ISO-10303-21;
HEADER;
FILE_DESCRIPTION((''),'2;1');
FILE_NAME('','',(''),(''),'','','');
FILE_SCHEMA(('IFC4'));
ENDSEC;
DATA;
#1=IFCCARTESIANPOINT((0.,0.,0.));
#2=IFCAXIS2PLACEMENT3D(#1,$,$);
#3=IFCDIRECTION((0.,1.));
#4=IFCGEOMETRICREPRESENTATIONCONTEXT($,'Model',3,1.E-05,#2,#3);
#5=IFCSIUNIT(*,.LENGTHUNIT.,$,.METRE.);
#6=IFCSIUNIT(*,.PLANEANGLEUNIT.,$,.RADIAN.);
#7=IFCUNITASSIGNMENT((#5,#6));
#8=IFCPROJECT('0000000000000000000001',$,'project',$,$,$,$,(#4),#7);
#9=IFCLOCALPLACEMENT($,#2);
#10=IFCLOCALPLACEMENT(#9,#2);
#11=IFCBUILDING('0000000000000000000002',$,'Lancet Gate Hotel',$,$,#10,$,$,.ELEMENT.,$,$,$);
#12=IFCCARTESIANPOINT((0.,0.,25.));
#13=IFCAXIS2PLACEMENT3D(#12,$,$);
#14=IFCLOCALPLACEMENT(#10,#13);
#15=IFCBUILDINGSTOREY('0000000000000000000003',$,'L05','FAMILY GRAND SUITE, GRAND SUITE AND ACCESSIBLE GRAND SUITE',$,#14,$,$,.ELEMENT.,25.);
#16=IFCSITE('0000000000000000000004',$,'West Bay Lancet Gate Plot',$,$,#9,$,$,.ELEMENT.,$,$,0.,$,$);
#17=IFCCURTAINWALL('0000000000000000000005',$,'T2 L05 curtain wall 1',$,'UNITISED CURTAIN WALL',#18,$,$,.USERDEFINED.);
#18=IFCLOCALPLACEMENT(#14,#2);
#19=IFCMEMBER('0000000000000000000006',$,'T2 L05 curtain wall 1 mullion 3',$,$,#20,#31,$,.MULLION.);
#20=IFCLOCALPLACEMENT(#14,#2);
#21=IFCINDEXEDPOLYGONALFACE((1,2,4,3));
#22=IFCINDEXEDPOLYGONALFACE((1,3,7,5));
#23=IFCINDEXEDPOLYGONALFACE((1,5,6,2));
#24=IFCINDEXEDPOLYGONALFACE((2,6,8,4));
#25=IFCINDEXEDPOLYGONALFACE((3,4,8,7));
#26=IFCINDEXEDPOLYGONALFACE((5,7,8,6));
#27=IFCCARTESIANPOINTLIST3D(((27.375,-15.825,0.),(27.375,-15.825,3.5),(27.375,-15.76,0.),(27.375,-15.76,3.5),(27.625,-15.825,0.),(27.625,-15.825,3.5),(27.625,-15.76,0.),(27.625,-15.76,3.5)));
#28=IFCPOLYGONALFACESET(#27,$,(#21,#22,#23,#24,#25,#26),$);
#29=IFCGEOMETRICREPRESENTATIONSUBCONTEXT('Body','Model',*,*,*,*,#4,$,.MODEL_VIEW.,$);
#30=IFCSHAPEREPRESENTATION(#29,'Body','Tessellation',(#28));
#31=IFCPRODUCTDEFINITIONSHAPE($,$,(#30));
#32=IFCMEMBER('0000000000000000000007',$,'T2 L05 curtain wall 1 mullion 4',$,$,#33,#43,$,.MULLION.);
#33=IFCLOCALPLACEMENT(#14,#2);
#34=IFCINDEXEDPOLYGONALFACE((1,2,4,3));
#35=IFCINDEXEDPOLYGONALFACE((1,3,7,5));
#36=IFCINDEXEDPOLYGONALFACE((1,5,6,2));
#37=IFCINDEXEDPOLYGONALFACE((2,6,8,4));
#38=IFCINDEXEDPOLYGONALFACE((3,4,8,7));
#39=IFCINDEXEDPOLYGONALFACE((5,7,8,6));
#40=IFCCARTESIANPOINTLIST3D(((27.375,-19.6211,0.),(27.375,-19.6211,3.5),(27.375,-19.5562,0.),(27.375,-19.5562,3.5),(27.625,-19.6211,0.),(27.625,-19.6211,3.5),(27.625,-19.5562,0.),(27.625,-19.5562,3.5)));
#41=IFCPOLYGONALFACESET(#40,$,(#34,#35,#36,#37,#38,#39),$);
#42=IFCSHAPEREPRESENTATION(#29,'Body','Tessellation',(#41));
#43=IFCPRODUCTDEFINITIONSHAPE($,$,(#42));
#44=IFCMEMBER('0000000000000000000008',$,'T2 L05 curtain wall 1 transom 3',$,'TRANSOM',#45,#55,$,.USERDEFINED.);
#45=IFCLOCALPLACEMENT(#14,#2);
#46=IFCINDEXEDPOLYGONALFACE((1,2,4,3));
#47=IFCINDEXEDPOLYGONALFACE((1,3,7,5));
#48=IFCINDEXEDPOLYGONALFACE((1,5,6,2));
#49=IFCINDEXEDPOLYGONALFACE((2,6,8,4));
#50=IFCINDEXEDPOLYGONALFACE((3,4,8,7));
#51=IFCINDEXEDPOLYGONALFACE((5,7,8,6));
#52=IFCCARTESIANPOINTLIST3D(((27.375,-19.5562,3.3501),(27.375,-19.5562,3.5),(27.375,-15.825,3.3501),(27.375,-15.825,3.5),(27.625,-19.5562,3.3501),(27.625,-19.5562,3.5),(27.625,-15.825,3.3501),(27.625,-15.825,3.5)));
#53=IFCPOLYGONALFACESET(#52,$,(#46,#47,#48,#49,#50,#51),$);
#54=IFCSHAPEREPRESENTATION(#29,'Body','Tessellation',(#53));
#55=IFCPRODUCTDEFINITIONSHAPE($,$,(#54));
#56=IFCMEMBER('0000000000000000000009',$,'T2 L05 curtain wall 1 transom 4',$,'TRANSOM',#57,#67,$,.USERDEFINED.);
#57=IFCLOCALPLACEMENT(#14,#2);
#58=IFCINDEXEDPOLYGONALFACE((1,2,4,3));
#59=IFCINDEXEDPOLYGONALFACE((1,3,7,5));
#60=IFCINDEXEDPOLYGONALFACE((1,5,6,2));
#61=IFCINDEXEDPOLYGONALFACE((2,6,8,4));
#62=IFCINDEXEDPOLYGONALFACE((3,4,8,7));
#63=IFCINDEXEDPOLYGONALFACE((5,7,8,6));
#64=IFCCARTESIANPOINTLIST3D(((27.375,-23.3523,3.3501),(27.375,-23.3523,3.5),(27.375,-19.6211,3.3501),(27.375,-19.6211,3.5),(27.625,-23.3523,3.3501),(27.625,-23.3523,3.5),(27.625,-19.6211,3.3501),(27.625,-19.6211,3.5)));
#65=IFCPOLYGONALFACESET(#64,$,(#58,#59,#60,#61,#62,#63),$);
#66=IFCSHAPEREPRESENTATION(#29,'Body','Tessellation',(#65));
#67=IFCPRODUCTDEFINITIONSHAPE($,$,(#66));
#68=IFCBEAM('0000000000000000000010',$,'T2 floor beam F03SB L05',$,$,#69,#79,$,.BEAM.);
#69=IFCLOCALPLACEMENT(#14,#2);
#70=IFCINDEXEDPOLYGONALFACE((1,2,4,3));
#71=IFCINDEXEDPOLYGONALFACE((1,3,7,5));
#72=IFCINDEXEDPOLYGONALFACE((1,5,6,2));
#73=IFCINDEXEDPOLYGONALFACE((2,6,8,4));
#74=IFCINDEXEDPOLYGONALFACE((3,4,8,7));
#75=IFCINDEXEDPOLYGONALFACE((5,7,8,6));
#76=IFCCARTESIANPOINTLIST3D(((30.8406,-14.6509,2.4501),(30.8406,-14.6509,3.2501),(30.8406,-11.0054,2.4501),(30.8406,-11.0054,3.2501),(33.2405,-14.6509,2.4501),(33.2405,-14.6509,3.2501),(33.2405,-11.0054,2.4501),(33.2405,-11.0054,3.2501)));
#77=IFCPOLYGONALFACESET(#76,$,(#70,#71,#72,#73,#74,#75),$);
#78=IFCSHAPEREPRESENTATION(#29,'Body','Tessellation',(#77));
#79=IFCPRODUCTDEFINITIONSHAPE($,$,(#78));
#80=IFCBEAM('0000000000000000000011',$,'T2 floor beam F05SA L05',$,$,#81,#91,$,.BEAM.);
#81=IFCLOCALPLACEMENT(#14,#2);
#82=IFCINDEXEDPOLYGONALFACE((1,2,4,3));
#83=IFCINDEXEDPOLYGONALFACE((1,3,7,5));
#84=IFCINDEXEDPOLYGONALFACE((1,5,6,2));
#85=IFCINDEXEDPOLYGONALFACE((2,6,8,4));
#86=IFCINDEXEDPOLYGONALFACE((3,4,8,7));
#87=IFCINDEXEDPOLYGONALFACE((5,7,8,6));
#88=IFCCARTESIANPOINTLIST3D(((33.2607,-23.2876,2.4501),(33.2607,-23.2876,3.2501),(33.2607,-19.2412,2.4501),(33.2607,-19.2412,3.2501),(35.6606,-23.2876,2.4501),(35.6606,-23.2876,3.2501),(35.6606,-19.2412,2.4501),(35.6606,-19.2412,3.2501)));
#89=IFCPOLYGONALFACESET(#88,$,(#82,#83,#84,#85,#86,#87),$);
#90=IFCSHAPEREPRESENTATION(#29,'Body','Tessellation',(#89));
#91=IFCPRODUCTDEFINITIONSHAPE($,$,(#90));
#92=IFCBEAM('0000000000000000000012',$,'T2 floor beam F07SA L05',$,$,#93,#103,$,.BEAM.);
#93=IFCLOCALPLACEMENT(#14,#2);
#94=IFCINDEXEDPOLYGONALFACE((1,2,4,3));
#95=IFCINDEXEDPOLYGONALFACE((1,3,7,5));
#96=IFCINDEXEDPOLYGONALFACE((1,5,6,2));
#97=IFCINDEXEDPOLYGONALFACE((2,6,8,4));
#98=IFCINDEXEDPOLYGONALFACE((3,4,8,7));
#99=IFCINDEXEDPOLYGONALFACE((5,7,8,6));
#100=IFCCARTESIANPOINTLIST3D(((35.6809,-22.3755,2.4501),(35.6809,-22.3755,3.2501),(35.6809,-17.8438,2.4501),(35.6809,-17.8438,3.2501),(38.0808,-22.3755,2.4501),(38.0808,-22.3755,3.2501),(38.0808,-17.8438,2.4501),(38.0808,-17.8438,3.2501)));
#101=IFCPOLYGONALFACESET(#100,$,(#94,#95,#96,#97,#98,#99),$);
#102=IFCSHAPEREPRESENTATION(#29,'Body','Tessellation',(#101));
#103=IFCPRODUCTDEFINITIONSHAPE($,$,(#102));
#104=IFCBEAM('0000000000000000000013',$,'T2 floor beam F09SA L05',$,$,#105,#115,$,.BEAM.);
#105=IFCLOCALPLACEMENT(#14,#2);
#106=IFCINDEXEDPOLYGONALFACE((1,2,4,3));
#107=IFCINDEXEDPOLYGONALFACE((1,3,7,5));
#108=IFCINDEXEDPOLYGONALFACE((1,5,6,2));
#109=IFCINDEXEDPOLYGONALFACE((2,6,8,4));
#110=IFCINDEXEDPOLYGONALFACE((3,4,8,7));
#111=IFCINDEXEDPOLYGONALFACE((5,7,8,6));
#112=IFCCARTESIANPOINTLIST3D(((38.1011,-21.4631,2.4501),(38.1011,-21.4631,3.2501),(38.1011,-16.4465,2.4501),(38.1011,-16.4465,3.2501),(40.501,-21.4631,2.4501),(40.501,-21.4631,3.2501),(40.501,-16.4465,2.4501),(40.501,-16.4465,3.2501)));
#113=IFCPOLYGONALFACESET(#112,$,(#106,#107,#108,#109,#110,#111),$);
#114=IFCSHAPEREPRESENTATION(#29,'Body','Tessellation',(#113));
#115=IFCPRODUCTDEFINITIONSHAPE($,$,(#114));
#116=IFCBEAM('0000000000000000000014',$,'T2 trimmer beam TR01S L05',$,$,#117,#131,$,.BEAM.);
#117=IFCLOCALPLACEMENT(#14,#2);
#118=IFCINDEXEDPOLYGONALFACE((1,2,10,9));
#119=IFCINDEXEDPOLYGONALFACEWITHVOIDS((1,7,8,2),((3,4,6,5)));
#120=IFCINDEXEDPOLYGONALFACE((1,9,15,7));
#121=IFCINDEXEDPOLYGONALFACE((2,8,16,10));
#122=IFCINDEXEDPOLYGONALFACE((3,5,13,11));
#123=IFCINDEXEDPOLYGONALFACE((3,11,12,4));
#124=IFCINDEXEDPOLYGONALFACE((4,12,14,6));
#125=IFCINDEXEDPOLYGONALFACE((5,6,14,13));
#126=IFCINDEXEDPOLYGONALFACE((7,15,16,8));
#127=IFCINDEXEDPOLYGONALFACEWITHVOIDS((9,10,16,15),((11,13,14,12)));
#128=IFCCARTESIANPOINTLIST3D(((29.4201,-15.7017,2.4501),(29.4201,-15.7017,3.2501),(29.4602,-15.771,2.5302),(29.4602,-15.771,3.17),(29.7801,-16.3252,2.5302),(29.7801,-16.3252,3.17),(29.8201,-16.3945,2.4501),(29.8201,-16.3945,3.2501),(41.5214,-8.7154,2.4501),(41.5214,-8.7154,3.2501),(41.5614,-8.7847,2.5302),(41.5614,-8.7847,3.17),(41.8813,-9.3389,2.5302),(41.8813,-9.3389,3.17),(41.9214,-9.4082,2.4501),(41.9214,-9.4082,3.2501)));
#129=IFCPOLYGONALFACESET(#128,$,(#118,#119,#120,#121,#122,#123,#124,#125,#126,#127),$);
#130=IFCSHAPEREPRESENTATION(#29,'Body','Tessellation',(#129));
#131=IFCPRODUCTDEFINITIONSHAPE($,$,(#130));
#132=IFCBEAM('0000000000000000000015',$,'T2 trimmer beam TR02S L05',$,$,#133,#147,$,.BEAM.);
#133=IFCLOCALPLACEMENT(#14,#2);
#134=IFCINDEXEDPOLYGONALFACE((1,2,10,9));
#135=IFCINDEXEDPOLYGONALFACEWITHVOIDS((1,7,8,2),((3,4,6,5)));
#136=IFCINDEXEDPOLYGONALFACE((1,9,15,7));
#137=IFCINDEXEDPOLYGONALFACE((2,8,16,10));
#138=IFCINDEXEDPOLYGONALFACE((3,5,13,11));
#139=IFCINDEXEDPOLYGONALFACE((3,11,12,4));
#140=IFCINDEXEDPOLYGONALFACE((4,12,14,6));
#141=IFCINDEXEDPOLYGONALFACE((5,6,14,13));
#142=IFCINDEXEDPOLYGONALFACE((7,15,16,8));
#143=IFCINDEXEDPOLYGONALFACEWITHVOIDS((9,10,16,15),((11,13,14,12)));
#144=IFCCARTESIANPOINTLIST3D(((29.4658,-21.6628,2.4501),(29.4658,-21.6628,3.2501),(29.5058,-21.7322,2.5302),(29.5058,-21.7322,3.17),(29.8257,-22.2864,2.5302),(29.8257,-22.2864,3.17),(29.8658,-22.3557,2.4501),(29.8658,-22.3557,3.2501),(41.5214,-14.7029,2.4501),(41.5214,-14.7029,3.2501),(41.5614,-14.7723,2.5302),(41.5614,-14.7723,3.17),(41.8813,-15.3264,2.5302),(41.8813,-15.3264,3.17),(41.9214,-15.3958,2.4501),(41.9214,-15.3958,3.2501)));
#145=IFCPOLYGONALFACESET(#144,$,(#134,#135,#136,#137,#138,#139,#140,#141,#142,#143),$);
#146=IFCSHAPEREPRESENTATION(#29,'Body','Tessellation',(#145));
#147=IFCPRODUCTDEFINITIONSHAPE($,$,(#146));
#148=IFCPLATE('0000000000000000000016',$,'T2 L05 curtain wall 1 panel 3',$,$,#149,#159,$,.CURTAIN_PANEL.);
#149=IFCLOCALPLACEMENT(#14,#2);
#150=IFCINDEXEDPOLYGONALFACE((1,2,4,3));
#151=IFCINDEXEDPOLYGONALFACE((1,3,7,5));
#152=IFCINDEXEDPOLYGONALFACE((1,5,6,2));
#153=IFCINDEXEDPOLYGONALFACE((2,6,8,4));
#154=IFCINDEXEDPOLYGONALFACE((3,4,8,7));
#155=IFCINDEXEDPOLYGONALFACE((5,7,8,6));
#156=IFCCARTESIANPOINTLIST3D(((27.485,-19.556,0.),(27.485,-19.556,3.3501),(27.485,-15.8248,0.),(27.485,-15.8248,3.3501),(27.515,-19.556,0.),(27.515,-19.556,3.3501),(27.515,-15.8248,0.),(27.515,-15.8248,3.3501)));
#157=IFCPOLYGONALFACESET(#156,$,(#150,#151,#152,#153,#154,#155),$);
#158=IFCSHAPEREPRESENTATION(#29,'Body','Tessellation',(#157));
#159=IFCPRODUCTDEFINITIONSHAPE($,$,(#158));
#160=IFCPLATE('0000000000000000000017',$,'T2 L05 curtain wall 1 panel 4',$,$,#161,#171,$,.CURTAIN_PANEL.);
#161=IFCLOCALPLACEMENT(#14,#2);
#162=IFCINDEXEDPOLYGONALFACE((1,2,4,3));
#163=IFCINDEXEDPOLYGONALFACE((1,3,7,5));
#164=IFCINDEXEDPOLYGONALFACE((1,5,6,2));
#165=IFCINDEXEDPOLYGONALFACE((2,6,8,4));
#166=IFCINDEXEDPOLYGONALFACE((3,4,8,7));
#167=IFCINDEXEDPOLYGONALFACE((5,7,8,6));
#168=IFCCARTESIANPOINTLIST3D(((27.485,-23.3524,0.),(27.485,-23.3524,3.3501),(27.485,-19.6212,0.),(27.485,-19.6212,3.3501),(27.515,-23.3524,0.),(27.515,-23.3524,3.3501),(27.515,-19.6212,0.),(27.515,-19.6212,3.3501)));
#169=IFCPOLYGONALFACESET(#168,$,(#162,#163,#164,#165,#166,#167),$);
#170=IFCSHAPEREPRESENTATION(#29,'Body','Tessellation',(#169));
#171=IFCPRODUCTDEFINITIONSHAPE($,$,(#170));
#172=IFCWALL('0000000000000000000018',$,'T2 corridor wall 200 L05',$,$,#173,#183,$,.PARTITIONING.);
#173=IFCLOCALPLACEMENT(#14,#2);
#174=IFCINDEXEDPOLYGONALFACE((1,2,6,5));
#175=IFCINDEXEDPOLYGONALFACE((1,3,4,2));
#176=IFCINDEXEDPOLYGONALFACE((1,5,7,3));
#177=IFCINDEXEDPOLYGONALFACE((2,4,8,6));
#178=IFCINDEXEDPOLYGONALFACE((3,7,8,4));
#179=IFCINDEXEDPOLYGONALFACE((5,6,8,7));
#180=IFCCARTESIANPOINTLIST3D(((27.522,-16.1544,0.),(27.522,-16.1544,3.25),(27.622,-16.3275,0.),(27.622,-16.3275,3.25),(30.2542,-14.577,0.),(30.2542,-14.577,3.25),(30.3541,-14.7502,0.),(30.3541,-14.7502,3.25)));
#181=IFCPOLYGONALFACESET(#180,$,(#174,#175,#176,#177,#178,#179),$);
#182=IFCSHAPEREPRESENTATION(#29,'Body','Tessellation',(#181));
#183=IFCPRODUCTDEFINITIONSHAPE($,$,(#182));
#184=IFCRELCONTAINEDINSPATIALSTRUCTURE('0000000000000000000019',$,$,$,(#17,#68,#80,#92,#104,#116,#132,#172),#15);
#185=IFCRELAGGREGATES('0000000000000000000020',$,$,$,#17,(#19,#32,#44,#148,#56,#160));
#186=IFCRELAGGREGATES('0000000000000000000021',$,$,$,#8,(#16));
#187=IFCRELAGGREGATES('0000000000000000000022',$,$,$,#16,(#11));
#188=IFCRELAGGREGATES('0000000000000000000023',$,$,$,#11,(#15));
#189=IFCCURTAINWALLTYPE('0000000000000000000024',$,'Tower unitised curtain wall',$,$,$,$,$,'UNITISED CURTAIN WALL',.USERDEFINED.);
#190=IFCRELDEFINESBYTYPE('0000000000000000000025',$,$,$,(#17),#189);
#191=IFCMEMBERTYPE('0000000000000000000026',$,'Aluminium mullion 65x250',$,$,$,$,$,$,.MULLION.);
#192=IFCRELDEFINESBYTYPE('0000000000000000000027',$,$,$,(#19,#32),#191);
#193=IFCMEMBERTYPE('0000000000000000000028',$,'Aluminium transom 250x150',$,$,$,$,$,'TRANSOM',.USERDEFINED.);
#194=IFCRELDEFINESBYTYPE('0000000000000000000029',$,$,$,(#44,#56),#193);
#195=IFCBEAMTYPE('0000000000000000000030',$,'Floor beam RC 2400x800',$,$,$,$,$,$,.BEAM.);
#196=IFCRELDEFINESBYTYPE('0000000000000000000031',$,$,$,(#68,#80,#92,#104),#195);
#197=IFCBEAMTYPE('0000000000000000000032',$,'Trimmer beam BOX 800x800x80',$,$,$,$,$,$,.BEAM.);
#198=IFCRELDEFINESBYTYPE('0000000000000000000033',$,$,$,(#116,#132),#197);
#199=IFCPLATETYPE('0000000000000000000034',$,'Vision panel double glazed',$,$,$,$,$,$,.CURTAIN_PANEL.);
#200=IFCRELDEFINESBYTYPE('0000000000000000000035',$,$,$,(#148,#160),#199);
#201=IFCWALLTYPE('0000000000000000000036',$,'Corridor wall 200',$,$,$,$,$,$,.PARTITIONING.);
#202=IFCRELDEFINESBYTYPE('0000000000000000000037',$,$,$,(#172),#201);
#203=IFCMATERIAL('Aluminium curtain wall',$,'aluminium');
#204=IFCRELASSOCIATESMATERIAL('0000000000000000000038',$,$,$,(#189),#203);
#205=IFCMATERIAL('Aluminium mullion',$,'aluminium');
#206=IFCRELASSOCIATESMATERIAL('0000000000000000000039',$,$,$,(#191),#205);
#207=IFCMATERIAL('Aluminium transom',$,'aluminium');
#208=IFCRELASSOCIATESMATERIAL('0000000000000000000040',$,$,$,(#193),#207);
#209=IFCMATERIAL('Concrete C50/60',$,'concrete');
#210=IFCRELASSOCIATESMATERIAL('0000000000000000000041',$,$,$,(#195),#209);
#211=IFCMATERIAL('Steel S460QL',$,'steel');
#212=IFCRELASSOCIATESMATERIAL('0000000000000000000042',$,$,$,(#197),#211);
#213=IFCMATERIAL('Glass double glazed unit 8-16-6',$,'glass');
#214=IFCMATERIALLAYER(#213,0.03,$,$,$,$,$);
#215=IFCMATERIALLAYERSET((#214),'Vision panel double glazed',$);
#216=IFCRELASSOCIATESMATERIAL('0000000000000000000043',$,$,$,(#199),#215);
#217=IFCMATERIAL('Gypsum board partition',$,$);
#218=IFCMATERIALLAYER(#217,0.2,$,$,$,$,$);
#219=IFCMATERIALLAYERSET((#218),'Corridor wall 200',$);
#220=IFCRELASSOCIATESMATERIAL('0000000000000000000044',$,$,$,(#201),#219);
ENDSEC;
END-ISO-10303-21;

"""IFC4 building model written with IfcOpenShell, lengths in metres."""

from ifc_helpers import new_model, si_unit, direction, frame, frame_2d, origin, origin_2d, place, context, subcontext, project, spatial, rectangle, hollow_rectangle, extrude, material, layer, layer_set, material_profile, profile_set, type_object, element, aggregate, save


model = new_model("IFC4")

# Units and contexts
model_context = context("Model", 3, precision=1e-05, world=origin(), true_north=direction((0.0, 1.0)))
body_context = subcontext(model_context, "Body", "Model", "MODEL_VIEW")
ifc_project = project(units=[si_unit("LENGTHUNIT", "METRE"), si_unit("PLANEANGLEUNIT", "RADIAN")], contexts=[model_context])

# Site, building, storey
site_placement = place(None, origin())
site = spatial("IfcSite", under=ifc_project, at=site_placement, Name="West Bay Lancet Gate Plot", CompositionType="ELEMENT", RefElevation=0.0)
building_placement = place(site_placement, origin())
building = spatial("IfcBuilding", under=site, at=building_placement, Name="Lancet Gate Hotel", CompositionType="ELEMENT")
storey_placement = place(building_placement, frame((0.0, 0.0, 25.0)))
storey = spatial("IfcBuildingStorey", under=building, at=storey_placement, Name="L05", Description="FAMILY GRAND SUITE, GRAND SUITE AND ACCESSIBLE GRAND SUITE", CompositionType="ELEMENT", Elevation=25.0)

# Curtain wall, members
ifc_material_1 = material(Name="Aluminium curtain wall", Category="aluminium")
curtain_wall_type = type_object("IfcCurtainWallType", Name="Tower unitised curtain wall", ElementType="UNITISED CURTAIN WALL", PredefinedType="USERDEFINED", material=ifc_material_1)
curtain_wall_placement = place(storey_placement, origin())
curtain_wall = element("IfcCurtainWall", 1, at=curtain_wall_placement, inside=storey, type_object=curtain_wall_type, Name="T2 L05 curtain wall 1", ObjectType="UNITISED CURTAIN WALL", PredefinedType="USERDEFINED")
ifc_material_2 = material(Name="Aluminium mullion", Category="aluminium")
ifc_material_profile_1 = material_profile(ifc_material_2, rectangle(XDim=0.0649, YDim=0.25, at=origin_2d()), Name="MULLION 65x250")
ifc_profile_set_1 = profile_set([ifc_material_profile_1], Name="Aluminium mullion")
member_type_1 = type_object("IfcMemberType", Name="Aluminium mullion 65x250", PredefinedType="MULLION", material=ifc_profile_set_1)
member_1_placement = place(storey_placement, frame((27.5, -15.7925, 0.0), z_axis=(0.0, 0.0, 1.0), x_axis=(0.0, -1.0, 0.0)))
member_1 = element("IfcMember", 2, at=member_1_placement, type_object=member_type_1, Name="T2 L05 curtain wall 1 mullion 3", PredefinedType="MULLION", context=body_context, shape_type="SweptSolid", body=[
    extrude(rectangle(XDim=0.0649, YDim=0.25, at=origin_2d()), origin(), (0.0, 0.0, 1.0), 3.5),
])
member_2_placement = place(storey_placement, frame((27.5, -19.5886, 0.0), z_axis=(0.0, 0.0, 1.0), x_axis=(0.0, -1.0, 0.0)))
member_2 = element("IfcMember", 3, at=member_2_placement, type_object=member_type_1, Name="T2 L05 curtain wall 1 mullion 4", PredefinedType="MULLION", context=body_context, shape_type="SweptSolid", body=[
    extrude(rectangle(XDim=0.0649, YDim=0.25, at=origin_2d()), origin(), (0.0, 0.0, 1.0), 3.5),
])
ifc_material_3 = material(Name="Aluminium transom", Category="aluminium")
ifc_material_profile_2 = material_profile(ifc_material_3, rectangle(XDim=0.25, YDim=0.1499, at=origin_2d()), Name="TRANSOM 250x150")
ifc_profile_set_2 = profile_set([ifc_material_profile_2], Name="Aluminium transom")
member_type_2 = type_object("IfcMemberType", Name="Aluminium transom 250x150", ElementType="TRANSOM", PredefinedType="USERDEFINED", material=ifc_profile_set_2)
member_3_placement = place(storey_placement, frame((27.5, -15.825, 3.425), z_axis=(0.0, -1.0, 0.0), x_axis=(1.0, 0.0, 0.0)))
member_3 = element("IfcMember", 4, at=member_3_placement, type_object=member_type_2, Name="T2 L05 curtain wall 1 transom 3", ObjectType="TRANSOM", PredefinedType="USERDEFINED", context=body_context, shape_type="SweptSolid", body=[
    extrude(rectangle(XDim=0.25, YDim=0.1499, at=origin_2d()), origin(), (0.0, 0.0, 1.0), 3.7312),
])
member_4_placement = place(storey_placement, frame((27.5, -19.6211, 3.425), z_axis=(0.0, -1.0, 0.0), x_axis=(1.0, 0.0, 0.0)))
member_4 = element("IfcMember", 5, at=member_4_placement, type_object=member_type_2, Name="T2 L05 curtain wall 1 transom 4", ObjectType="TRANSOM", PredefinedType="USERDEFINED", context=body_context, shape_type="SweptSolid", body=[
    extrude(rectangle(XDim=0.25, YDim=0.1499, at=origin_2d()), origin(), (0.0, 0.0, 1.0), 3.7312),
])

# Beams
ifc_material_4 = material(Name="Concrete C50/60", Category="concrete")
ifc_material_profile_3 = material_profile(ifc_material_4, rectangle(XDim=2.3999, YDim=0.8, at=origin_2d()), Name="RC 2400x800")
ifc_profile_set_3 = profile_set([ifc_material_profile_3], Name="Concrete C50/60")
beam_type_1 = type_object("IfcBeamType", Name="Floor beam RC 2400x800", PredefinedType="BEAM", material=ifc_profile_set_3)
beam_1_placement = place(storey_placement, frame((32.0405, -14.6509, 2.8501), z_axis=(0.0, 1.0, 0.0), x_axis=(-1.0, 0.0, 0.0)))
element("IfcBeam", 6, at=beam_1_placement, inside=storey, type_object=beam_type_1, Name="T2 floor beam F03SB L05", PredefinedType="BEAM", context=body_context, shape_type="SweptSolid", body=[
    extrude(rectangle(XDim=2.3999, YDim=0.8, at=origin_2d()), origin(), (0.0, 0.0, 1.0), 3.6455),
])
beam_2_placement = place(storey_placement, frame((34.4607, -23.2876, 2.8501), z_axis=(0.0, 1.0, 0.0), x_axis=(-1.0, 0.0, 0.0)))
element("IfcBeam", 7, at=beam_2_placement, inside=storey, type_object=beam_type_1, Name="T2 floor beam F05SA L05", PredefinedType="BEAM", context=body_context, shape_type="SweptSolid", body=[
    extrude(rectangle(XDim=2.3999, YDim=0.8, at=origin_2d()), origin(), (0.0, 0.0, 1.0), 4.0464),
])
beam_3_placement = place(storey_placement, frame((36.8809, -22.3755, 2.8501), z_axis=(0.0, 1.0, 0.0), x_axis=(-1.0, 0.0, 0.0)))
element("IfcBeam", 8, at=beam_3_placement, inside=storey, type_object=beam_type_1, Name="T2 floor beam F07SA L05", PredefinedType="BEAM", context=body_context, shape_type="SweptSolid", body=[
    extrude(rectangle(XDim=2.3999, YDim=0.8, at=origin_2d()), origin(), (0.0, 0.0, 1.0), 4.5317),
])
beam_4_placement = place(storey_placement, frame((39.301, -21.4631, 2.8501), z_axis=(0.0, 1.0, 0.0), x_axis=(-1.0, 0.0, 0.0)))
element("IfcBeam", 9, at=beam_4_placement, inside=storey, type_object=beam_type_1, Name="T2 floor beam F09SA L05", PredefinedType="BEAM", context=body_context, shape_type="SweptSolid", body=[
    extrude(rectangle(XDim=2.3999, YDim=0.8, at=origin_2d()), origin(), (0.0, 0.0, 1.0), 5.0166),
])
ifc_material_5 = material(Name="Steel S460QL", Category="steel")
ifc_material_profile_4 = material_profile(ifc_material_5, hollow_rectangle(XDim=0.8, YDim=0.8, WallThickness=0.0801, at=origin_2d()), Name="BOX 800x800x80")
ifc_profile_set_4 = profile_set([ifc_material_profile_4], Name="Steel S460QL")
beam_type_2 = type_object("IfcBeamType", Name="Trimmer beam BOX 800x800x80", PredefinedType="BEAM", material=ifc_profile_set_4)
beam_5_placement = place(storey_placement, frame((29.6201, -16.0481, 2.8501), z_axis=(0.866037, 0.49998, 0.0), x_axis=(-0.49998, 0.866037, 0.0)))
element("IfcBeam", 10, at=beam_5_placement, inside=storey, type_object=beam_type_2, Name="T2 trimmer beam TR01S L05", PredefinedType="BEAM", context=body_context, shape_type="SweptSolid", body=[
    extrude(hollow_rectangle(XDim=0.8, YDim=0.8, WallThickness=0.0801, at=origin_2d()), origin(), (0.0, 0.0, 1.0), 13.9731),
])
beam_6_placement = place(storey_placement, frame((29.6658, -22.0093, 2.8501), z_axis=(0.866037, 0.49998, 0.0), x_axis=(-0.49998, 0.866037, 0.0)))
element("IfcBeam", 11, at=beam_6_placement, inside=storey, type_object=beam_type_2, Name="T2 trimmer beam TR02S L05", PredefinedType="BEAM", context=body_context, shape_type="SweptSolid", body=[
    extrude(hollow_rectangle(XDim=0.8, YDim=0.8, WallThickness=0.0801, at=origin_2d()), origin(), (0.0, 0.0, 1.0), 13.9204),
])

# Plates
ifc_material_6 = material(Name="Glass double glazed unit 8-16-6", Category="glass")
ifc_layer_1 = layer(ifc_material_6, 0.03)
ifc_layer_set_1 = layer_set([ifc_layer_1], Name="Vision panel double glazed")
plate_type = type_object("IfcPlateType", Name="Vision panel double glazed", PredefinedType="CURTAIN_PANEL", material=ifc_layer_set_1)
plate_1_placement = place(storey_placement, frame((27.5, -17.6904, 0.0), z_axis=(0.0, 0.0, 1.0), x_axis=(0.0, -1.0, 0.0)))
plate_1 = element("IfcPlate", 12, at=plate_1_placement, type_object=plate_type, Name="T2 L05 curtain wall 1 panel 3", PredefinedType="CURTAIN_PANEL", context=body_context, shape_type="SweptSolid", body=[
    extrude(rectangle(XDim=3.7312, YDim=0.03, at=origin_2d()), origin(), (0.0, 0.0, 1.0), 3.3501),
])
plate_2_placement = place(storey_placement, frame((27.5, -21.4868, 0.0), z_axis=(0.0, 0.0, 1.0), x_axis=(0.0, -1.0, 0.0)))
plate_2 = element("IfcPlate", 13, at=plate_2_placement, type_object=plate_type, Name="T2 L05 curtain wall 1 panel 4", PredefinedType="CURTAIN_PANEL", context=body_context, shape_type="SweptSolid", body=[
    extrude(rectangle(XDim=3.7312, YDim=0.03, at=origin_2d()), origin(), (0.0, 0.0, 1.0), 3.3501),
])
aggregate(curtain_wall, [member_1, member_2, member_3, plate_1, member_4, plate_2])

# Wall
ifc_material_7 = material(Name="Gypsum board partition")
ifc_layer_2 = layer(ifc_material_7, 0.2)
ifc_layer_set_2 = layer_set([ifc_layer_2], Name="Corridor wall 200")
wall_type_1 = type_object("IfcWallType", Name="Corridor wall 200", PredefinedType="PARTITIONING", material=ifc_layer_set_2)
wall_1_placement = place(storey_placement, frame((27.572, -16.241, 0.0), z_axis=(0.0, 0.0, 1.0), x_axis=(0.86603, 0.499993, 0.0)))
element("IfcWall", 14, at=wall_1_placement, inside=storey, type_object=wall_type_1, Name="T2 corridor wall 200 L05", PredefinedType="PARTITIONING", context=body_context, shape_type="SweptSolid", body=[
    extrude(rectangle(XDim=3.1548, YDim=0.2, at=frame_2d((1.5774, 0.0))), origin(), (0.0, 0.0, 1.0), 3.25),
])

save(model, "model.ifc")
